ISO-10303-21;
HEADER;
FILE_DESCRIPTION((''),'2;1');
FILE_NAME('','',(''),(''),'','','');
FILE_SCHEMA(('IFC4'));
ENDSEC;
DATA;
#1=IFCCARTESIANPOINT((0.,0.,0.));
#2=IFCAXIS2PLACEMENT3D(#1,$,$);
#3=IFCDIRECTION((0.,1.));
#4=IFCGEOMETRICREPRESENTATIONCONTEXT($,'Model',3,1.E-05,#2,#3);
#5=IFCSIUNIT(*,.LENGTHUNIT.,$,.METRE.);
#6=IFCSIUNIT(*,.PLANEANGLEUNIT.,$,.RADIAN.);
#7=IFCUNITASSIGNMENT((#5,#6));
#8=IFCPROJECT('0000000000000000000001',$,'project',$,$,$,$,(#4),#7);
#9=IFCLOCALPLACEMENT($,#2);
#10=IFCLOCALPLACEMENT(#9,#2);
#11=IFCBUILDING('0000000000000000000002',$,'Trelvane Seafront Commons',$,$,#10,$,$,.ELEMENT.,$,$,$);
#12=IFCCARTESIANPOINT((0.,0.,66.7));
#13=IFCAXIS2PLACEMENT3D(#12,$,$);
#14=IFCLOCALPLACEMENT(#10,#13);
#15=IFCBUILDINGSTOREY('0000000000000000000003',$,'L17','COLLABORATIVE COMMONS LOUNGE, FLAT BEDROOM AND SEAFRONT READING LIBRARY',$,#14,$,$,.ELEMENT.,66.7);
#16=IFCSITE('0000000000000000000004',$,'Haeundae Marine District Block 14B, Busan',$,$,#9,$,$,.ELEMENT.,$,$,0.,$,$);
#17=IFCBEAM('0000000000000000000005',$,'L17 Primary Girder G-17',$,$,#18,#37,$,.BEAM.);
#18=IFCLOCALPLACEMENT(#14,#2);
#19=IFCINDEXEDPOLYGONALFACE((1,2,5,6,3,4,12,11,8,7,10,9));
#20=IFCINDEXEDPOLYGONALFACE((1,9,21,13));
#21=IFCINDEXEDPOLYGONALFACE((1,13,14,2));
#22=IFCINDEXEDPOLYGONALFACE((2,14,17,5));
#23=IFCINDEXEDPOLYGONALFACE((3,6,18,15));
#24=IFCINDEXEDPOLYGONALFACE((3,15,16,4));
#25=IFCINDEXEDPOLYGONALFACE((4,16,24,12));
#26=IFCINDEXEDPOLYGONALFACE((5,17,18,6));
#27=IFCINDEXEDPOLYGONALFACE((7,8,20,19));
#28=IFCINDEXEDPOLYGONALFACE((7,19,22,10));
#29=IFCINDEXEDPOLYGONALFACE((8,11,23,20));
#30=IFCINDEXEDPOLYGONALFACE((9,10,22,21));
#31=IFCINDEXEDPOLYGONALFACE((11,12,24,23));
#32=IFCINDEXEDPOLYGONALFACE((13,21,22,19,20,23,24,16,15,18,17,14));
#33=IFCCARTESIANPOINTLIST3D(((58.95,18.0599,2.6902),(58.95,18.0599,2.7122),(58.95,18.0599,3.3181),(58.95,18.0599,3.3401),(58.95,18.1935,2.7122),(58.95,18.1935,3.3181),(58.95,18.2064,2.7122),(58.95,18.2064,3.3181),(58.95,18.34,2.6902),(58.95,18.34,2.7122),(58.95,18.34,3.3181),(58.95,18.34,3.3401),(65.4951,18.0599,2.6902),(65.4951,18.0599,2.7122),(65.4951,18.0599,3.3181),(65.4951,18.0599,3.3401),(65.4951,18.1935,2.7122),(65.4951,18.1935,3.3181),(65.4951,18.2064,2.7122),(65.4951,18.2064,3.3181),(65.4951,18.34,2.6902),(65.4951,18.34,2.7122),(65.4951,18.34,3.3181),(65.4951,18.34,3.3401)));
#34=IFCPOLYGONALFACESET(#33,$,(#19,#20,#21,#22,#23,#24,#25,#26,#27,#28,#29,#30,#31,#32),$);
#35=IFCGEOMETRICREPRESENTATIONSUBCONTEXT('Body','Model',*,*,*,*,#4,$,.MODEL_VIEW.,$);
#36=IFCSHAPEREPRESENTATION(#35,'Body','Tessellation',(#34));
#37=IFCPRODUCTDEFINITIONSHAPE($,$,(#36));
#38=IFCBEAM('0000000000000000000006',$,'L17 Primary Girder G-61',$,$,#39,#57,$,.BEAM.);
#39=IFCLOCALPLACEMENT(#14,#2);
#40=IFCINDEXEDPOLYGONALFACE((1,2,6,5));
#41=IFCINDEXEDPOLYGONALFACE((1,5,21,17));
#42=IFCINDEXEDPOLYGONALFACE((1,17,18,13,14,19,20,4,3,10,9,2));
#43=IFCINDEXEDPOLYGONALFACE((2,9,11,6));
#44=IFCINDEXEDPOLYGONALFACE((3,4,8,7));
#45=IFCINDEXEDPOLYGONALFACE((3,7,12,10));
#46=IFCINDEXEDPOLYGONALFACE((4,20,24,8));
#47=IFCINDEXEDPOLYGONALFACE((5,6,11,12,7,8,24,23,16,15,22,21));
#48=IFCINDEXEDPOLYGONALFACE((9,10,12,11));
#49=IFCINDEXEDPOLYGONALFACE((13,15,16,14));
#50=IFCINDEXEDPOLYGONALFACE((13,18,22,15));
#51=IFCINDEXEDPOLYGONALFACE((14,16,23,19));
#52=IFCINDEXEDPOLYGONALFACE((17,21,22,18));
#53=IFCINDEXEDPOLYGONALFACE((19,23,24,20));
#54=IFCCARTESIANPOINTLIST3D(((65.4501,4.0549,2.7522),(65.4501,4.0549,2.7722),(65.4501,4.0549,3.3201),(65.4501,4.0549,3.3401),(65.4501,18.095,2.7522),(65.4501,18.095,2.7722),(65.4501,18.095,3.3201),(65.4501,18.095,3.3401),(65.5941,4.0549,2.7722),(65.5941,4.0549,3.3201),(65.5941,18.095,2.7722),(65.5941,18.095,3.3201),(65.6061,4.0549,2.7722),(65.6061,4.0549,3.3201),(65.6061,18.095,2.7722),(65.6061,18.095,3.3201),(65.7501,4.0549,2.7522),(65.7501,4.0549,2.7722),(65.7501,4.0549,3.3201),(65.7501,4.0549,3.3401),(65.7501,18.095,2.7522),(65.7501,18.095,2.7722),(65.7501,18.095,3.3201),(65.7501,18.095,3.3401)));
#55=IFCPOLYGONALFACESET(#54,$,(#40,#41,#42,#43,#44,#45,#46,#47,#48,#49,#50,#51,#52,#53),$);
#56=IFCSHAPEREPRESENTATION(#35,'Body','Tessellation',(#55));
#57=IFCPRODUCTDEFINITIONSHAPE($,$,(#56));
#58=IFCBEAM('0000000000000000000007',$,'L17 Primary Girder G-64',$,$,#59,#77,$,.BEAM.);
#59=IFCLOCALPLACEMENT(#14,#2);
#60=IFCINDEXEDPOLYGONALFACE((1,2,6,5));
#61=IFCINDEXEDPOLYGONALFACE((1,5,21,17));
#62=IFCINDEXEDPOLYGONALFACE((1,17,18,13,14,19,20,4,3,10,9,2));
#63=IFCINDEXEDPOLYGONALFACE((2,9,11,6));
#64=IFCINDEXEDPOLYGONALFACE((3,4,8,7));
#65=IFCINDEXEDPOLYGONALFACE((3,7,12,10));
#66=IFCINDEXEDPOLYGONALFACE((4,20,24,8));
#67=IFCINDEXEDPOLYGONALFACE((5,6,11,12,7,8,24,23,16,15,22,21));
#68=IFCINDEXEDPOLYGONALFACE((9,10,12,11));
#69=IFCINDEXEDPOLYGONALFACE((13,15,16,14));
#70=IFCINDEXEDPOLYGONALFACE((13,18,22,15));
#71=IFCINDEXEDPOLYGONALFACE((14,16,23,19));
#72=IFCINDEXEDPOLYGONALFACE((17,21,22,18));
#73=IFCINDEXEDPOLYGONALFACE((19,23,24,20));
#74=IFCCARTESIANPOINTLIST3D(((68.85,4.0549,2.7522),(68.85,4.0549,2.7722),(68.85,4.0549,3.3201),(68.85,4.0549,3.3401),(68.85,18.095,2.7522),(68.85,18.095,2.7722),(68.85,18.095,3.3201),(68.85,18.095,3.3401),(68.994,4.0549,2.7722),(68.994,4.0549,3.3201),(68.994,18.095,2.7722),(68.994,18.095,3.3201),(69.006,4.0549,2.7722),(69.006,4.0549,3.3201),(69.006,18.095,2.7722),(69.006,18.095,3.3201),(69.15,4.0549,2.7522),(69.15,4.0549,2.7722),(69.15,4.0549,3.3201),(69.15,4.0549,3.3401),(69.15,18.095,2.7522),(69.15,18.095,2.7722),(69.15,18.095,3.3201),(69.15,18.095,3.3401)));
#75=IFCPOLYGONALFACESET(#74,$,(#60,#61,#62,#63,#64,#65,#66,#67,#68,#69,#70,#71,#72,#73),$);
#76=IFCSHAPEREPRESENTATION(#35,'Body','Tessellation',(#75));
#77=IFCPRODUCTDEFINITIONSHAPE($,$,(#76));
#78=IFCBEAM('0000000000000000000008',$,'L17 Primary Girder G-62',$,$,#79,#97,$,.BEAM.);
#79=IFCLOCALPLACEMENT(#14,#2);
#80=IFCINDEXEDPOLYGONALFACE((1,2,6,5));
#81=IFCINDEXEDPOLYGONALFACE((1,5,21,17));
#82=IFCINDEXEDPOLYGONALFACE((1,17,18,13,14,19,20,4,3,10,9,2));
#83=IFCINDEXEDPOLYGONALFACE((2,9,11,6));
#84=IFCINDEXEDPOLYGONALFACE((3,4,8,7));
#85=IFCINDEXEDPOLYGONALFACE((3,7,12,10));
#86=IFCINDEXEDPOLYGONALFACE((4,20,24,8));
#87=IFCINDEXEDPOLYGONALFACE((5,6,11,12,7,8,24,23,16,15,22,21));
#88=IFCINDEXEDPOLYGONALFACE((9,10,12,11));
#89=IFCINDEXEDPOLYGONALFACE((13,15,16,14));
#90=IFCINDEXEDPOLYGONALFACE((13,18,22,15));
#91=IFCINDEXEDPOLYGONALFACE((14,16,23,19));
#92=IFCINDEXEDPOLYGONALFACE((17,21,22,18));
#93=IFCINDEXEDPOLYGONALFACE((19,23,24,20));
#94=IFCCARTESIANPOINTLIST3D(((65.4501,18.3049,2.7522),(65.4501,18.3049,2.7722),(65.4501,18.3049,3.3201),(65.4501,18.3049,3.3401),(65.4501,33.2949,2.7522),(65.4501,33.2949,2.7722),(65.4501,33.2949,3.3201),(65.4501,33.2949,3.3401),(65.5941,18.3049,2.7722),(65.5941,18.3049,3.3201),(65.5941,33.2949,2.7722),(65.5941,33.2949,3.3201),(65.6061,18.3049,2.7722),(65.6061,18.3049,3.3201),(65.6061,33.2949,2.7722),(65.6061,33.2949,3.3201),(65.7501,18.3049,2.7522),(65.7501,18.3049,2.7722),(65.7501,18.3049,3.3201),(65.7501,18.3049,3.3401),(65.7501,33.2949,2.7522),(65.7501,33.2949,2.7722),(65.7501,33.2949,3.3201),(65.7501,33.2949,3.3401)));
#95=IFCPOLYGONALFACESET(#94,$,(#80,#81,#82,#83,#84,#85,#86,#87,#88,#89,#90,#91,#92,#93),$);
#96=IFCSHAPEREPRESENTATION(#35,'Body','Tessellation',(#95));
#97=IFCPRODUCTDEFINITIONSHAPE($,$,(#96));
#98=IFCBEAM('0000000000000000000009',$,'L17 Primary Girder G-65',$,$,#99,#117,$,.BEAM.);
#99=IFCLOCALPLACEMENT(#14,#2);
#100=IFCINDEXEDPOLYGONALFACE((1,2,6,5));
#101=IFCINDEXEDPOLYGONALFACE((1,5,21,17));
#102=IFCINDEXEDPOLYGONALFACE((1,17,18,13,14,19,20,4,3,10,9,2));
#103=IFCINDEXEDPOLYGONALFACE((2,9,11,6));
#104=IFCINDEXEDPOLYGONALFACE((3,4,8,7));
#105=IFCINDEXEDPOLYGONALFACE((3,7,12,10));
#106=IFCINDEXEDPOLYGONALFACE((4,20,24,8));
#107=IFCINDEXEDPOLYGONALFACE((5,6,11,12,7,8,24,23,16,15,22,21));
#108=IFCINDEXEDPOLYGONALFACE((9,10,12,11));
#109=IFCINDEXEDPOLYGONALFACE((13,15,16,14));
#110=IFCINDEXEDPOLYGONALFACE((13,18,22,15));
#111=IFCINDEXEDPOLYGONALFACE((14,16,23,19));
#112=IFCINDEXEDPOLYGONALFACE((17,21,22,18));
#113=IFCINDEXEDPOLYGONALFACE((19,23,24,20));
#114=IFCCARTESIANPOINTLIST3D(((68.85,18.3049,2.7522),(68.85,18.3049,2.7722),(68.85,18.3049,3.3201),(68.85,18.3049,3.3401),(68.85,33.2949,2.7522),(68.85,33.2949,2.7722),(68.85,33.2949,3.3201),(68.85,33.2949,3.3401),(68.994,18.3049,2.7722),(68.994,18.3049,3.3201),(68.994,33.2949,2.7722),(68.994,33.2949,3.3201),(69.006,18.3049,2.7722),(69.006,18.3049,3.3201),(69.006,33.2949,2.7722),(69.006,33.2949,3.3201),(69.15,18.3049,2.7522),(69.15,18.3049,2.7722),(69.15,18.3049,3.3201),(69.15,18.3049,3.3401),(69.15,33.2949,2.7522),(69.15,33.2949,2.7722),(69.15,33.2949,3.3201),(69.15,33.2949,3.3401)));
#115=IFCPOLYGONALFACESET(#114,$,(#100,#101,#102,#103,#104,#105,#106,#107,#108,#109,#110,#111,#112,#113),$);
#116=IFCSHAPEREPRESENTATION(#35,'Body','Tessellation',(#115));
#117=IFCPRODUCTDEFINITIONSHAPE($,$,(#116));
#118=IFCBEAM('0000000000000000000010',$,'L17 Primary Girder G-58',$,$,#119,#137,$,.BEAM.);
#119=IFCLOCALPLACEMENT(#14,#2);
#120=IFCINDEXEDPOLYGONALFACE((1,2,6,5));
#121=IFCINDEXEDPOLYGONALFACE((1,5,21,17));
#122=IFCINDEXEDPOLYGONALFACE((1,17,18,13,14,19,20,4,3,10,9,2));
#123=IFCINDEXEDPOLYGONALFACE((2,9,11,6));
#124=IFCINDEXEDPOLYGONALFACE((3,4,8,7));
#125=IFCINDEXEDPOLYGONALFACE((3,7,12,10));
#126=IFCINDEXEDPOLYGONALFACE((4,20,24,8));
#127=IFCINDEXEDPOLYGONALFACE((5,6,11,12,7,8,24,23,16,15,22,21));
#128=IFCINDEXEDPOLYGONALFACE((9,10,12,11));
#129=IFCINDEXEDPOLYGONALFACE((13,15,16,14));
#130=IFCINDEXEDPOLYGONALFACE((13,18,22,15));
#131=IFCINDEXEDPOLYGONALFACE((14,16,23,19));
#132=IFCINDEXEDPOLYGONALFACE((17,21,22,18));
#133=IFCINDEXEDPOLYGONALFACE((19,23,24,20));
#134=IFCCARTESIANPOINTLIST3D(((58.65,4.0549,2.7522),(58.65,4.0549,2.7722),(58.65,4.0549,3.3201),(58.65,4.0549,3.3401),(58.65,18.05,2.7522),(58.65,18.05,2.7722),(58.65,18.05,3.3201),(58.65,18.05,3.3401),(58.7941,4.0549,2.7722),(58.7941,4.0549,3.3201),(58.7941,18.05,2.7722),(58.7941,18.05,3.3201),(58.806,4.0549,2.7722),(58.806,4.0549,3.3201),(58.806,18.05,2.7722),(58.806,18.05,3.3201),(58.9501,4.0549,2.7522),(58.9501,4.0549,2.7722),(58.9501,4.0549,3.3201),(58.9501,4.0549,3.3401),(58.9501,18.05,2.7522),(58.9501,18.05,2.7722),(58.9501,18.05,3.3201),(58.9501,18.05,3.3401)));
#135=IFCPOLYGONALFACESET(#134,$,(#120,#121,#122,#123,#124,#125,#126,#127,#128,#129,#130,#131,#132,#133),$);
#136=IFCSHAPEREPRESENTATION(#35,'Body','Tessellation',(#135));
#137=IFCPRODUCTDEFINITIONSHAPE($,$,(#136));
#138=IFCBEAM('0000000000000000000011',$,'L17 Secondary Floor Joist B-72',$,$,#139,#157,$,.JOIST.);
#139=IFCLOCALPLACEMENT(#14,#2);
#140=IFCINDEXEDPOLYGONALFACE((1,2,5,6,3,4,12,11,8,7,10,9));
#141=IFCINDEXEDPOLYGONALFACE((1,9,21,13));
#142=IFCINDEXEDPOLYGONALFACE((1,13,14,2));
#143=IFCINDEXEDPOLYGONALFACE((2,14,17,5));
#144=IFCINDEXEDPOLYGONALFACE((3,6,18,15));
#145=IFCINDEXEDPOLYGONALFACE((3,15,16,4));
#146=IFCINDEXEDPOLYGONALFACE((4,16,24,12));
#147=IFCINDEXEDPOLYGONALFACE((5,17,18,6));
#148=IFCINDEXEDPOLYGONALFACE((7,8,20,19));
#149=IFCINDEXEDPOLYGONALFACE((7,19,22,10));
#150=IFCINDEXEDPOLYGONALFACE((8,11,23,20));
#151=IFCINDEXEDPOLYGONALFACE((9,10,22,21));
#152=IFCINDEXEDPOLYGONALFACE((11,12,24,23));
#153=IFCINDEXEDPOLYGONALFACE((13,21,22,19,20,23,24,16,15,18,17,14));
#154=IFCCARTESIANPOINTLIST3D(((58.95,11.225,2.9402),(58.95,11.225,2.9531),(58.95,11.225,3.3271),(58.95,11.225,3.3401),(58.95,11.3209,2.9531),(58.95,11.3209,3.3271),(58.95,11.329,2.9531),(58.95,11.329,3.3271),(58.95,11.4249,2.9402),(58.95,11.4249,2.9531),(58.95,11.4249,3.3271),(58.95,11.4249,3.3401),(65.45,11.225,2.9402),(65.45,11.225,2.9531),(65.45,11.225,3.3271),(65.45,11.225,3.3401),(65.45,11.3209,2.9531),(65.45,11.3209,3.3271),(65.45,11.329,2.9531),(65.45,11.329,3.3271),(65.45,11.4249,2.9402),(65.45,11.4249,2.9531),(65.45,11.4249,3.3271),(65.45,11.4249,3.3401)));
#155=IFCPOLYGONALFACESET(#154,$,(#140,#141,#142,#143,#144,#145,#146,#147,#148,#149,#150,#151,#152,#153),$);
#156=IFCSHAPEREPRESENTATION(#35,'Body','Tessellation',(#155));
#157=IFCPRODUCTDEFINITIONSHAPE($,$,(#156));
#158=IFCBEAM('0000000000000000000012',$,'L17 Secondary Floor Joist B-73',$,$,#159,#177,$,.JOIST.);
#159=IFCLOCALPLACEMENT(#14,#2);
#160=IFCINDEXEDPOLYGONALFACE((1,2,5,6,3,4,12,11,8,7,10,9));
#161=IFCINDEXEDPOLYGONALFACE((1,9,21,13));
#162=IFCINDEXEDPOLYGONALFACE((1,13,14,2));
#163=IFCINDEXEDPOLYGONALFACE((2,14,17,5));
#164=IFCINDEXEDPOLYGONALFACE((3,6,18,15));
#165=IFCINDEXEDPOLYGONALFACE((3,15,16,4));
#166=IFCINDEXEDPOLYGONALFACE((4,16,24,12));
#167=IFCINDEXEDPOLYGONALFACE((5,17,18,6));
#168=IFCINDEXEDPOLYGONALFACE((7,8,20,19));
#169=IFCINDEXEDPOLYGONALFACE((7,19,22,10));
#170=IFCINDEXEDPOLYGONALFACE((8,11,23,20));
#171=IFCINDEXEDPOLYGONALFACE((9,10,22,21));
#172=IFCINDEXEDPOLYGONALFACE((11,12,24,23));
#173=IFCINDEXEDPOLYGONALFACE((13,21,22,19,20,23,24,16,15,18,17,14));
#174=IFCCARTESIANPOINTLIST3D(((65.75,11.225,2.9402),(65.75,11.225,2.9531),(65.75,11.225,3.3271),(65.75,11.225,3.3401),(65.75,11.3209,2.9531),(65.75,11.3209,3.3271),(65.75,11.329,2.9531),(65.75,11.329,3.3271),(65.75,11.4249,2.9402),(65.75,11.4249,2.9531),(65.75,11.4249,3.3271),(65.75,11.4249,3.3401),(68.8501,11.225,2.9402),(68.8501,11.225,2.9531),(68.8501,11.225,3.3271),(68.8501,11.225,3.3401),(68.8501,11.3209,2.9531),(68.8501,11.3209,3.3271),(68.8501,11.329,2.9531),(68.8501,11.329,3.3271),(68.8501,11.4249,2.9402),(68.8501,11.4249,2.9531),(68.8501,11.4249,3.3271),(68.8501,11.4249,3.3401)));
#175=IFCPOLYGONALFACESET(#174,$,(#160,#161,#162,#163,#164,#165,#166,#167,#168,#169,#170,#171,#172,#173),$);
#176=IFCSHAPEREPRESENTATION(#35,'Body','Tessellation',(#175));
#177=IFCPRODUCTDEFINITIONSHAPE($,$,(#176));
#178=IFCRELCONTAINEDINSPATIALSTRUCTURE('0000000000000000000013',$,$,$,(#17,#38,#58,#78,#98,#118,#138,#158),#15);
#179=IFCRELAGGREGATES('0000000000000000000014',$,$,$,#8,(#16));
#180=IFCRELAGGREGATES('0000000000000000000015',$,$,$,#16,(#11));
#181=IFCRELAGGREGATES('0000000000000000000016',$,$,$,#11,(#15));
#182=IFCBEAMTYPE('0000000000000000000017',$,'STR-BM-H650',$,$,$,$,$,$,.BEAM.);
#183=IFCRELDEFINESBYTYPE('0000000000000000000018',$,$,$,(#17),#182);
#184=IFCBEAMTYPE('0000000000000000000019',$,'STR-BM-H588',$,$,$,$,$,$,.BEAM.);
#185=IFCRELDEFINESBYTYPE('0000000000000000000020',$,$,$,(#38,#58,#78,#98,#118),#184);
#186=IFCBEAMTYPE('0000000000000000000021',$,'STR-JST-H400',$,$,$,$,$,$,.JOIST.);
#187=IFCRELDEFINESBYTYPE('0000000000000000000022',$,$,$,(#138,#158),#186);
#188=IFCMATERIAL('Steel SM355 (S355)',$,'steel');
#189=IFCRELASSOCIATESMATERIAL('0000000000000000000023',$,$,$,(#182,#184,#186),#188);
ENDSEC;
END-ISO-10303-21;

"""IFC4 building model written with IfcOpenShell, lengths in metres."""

from ifc_helpers import new_model, si_unit, direction, frame, origin, origin_2d, place, context, subcontext, project, spatial, i_section, extrude, source, transform, mapped, material, material_profile, profile_set, type_object, element, save


model = new_model("IFC4")

# Units and contexts
model_context = context("Model", 3, precision=1e-05, world=origin(), true_north=direction((0.0, 1.0)))
body_context = subcontext(model_context, "Body", "Model", "MODEL_VIEW")
ifc_project = project(units=[si_unit("LENGTHUNIT", "METRE"), si_unit("PLANEANGLEUNIT", "RADIAN")], contexts=[model_context])

# Site, building, storey
site_placement = place(None, origin())
site = spatial("IfcSite", under=ifc_project, at=site_placement, Name="Haeundae Marine District Block 14B, Busan", CompositionType="ELEMENT", RefElevation=0.0)
building_placement = place(site_placement, origin())
building = spatial("IfcBuilding", under=site, at=building_placement, Name="Trelvane Seafront Commons", CompositionType="ELEMENT")
storey_placement = place(building_placement, frame((0.0, 0.0, 66.7)))
storey = spatial("IfcBuildingStorey", under=building, at=storey_placement, Name="L17", Description="COLLABORATIVE COMMONS LOUNGE, FLAT BEDROOM AND SEAFRONT READING LIBRARY", CompositionType="ELEMENT", Elevation=66.7)

# Shared definitions
ifc_material_1 = material(Name="Steel SM355 (S355)", Category="steel")

# Beams
ifc_material_profile_1 = material_profile(ifc_material_1, i_section(OverallWidth=0.28, OverallDepth=0.6499, WebThickness=0.0129, FlangeThickness=0.022, at=origin_2d()), Name="H-650x280x13x22")
ifc_profile_set_1 = profile_set([ifc_material_profile_1], Name="Steel SM355 (S355)")
beam_type_1 = type_object("IfcBeamType", Name="STR-BM-H650", PredefinedType="BEAM", material=ifc_profile_set_1)
shared_shape_1 = source(origin(), body_context, "Body", "SweptSolid", [
    extrude(i_section(OverallWidth=0.28, OverallDepth=0.6499, WebThickness=0.0129, FlangeThickness=0.022, at=origin_2d()), origin(), (0.0, 0.0, 1.0), 6.5452),
])
beam_1_placement = place(storey_placement, frame((58.95, 18.2, 3.0151), z_axis=(1.0, 0.0, 0.0), x_axis=(0.0, 1.0, 0.0)))
element("IfcBeam", 1, at=beam_1_placement, inside=storey, type_object=beam_type_1, Name="L17 Primary Girder G-17", PredefinedType="BEAM", context=body_context, shape_type="MappedRepresentation", body=[
    mapped(shared_shape_1, transform((0.0, 0.0, 0.0), x_axis=(1.0, 0.0, 0.0), y_axis=(0.0, 1.0, 0.0), z_axis=(0.0, 0.0, 1.0), scale=1.0)),
])
ifc_material_profile_2 = material_profile(ifc_material_1, i_section(OverallWidth=0.3, OverallDepth=0.5879, WebThickness=0.012, FlangeThickness=0.02, at=origin_2d()), Name="H-588x300x12x20")
ifc_profile_set_2 = profile_set([ifc_material_profile_2], Name="Steel SM355 (S355)")
beam_type_2 = type_object("IfcBeamType", Name="STR-BM-H588", PredefinedType="BEAM", material=ifc_profile_set_2)
shared_shape_2 = source(origin(), body_context, "Body", "SweptSolid", [
    extrude(i_section(OverallWidth=0.3, OverallDepth=0.5879, WebThickness=0.012, FlangeThickness=0.02, at=origin_2d()), origin(), (0.0, 0.0, 1.0), 14.04),
])
for number, where, z_axis, x_axis, name in (
    (2, (65.6001, 4.0549, 3.0461), (0.0, 1.0, 0.0), (-1.0, 0.0, 0.0), "L17 Primary Girder G-61"),
    (3, (69.0, 4.0549, 3.0461), (0.0, 1.0, 0.0), (-1.0, 0.0, 0.0), "L17 Primary Girder G-64"),
):
    element("IfcBeam", number, at=place(storey_placement, frame(where, z_axis=z_axis, x_axis=x_axis)), inside=storey, type_object=beam_type_2, Name=name, PredefinedType="BEAM", context=body_context, shape_type="MappedRepresentation", body=[
        mapped(shared_shape_2, transform((0.0, 0.0, 0.0), x_axis=(1.0, 0.0, 0.0), y_axis=(0.0, 1.0, 0.0), z_axis=(0.0, 0.0, 1.0), scale=1.0)),
    ])
shared_shape_3 = source(origin(), body_context, "Body", "SweptSolid", [
    extrude(i_section(OverallWidth=0.3, OverallDepth=0.5879, WebThickness=0.012, FlangeThickness=0.02, at=origin_2d()), origin(), (0.0, 0.0, 1.0), 14.99),
])
for number, where, z_axis, x_axis, name in (
    (4, (65.6001, 18.3049, 3.0461), (0.0, 1.0, 0.0), (-1.0, 0.0, 0.0), "L17 Primary Girder G-62"),
    (5, (69.0, 18.3049, 3.0461), (0.0, 1.0, 0.0), (-1.0, 0.0, 0.0), "L17 Primary Girder G-65"),
):
    element("IfcBeam", number, at=place(storey_placement, frame(where, z_axis=z_axis, x_axis=x_axis)), inside=storey, type_object=beam_type_2, Name=name, PredefinedType="BEAM", context=body_context, shape_type="MappedRepresentation", body=[
        mapped(shared_shape_3, transform((0.0, 0.0, 0.0), x_axis=(1.0, 0.0, 0.0), y_axis=(0.0, 1.0, 0.0), z_axis=(0.0, 0.0, 1.0), scale=1.0)),
    ])
shared_shape_4 = source(origin(), body_context, "Body", "SweptSolid", [
    extrude(i_section(OverallWidth=0.3, OverallDepth=0.5879, WebThickness=0.012, FlangeThickness=0.02, at=origin_2d()), origin(), (0.0, 0.0, 1.0), 13.9951),
])
beam_2_placement = place(storey_placement, frame((58.8, 4.0549, 3.0461), z_axis=(0.0, 1.0, 0.0), x_axis=(-1.0, 0.0, 0.0)))
element("IfcBeam", 6, at=beam_2_placement, inside=storey, type_object=beam_type_2, Name="L17 Primary Girder G-58", PredefinedType="BEAM", context=body_context, shape_type="MappedRepresentation", body=[
    mapped(shared_shape_4, transform((0.0, 0.0, 0.0), x_axis=(1.0, 0.0, 0.0), y_axis=(0.0, 1.0, 0.0), z_axis=(0.0, 0.0, 1.0), scale=1.0)),
])
ifc_material_profile_3 = material_profile(ifc_material_1, i_section(OverallWidth=0.2, OverallDepth=0.3999, WebThickness=0.0081, FlangeThickness=0.0129, at=origin_2d()), Name="H-400x200x8x13")
ifc_profile_set_3 = profile_set([ifc_material_profile_3], Name="Steel SM355 (S355)")
beam_type_3 = type_object("IfcBeamType", Name="STR-JST-H400", PredefinedType="JOIST", material=ifc_profile_set_3)
shared_shape_5 = source(origin(), body_context, "Body", "SweptSolid", [
    extrude(i_section(OverallWidth=0.2, OverallDepth=0.3999, WebThickness=0.0081, FlangeThickness=0.0129, at=origin_2d()), origin(), (0.0, 0.0, 1.0), 6.5),
])
beam_3_placement = place(storey_placement, frame((58.95, 11.325, 3.1401), z_axis=(1.0, 0.0, 0.0), x_axis=(0.0, 1.0, 0.0)))
element("IfcBeam", 7, at=beam_3_placement, inside=storey, type_object=beam_type_3, Name="L17 Secondary Floor Joist B-72", PredefinedType="JOIST", context=body_context, shape_type="MappedRepresentation", body=[
    mapped(shared_shape_5, transform((0.0, 0.0, 0.0), x_axis=(1.0, 0.0, 0.0), y_axis=(0.0, 1.0, 0.0), z_axis=(0.0, 0.0, 1.0), scale=1.0)),
])
shared_shape_6 = source(origin(), body_context, "Body", "SweptSolid", [
    extrude(i_section(OverallWidth=0.2, OverallDepth=0.3999, WebThickness=0.0081, FlangeThickness=0.0129, at=origin_2d()), origin(), (0.0, 0.0, 1.0), 3.1001),
])
beam_4_placement = place(storey_placement, frame((65.75, 11.325, 3.1401), z_axis=(1.0, 0.0, 0.0), x_axis=(0.0, 1.0, 0.0)))
element("IfcBeam", 8, at=beam_4_placement, inside=storey, type_object=beam_type_3, Name="L17 Secondary Floor Joist B-73", PredefinedType="JOIST", context=body_context, shape_type="MappedRepresentation", body=[
    mapped(shared_shape_6, transform((0.0, 0.0, 0.0), x_axis=(1.0, 0.0, 0.0), y_axis=(0.0, 1.0, 0.0), z_axis=(0.0, 0.0, 1.0), scale=1.0)),
])

save(model, "model.ifc")
